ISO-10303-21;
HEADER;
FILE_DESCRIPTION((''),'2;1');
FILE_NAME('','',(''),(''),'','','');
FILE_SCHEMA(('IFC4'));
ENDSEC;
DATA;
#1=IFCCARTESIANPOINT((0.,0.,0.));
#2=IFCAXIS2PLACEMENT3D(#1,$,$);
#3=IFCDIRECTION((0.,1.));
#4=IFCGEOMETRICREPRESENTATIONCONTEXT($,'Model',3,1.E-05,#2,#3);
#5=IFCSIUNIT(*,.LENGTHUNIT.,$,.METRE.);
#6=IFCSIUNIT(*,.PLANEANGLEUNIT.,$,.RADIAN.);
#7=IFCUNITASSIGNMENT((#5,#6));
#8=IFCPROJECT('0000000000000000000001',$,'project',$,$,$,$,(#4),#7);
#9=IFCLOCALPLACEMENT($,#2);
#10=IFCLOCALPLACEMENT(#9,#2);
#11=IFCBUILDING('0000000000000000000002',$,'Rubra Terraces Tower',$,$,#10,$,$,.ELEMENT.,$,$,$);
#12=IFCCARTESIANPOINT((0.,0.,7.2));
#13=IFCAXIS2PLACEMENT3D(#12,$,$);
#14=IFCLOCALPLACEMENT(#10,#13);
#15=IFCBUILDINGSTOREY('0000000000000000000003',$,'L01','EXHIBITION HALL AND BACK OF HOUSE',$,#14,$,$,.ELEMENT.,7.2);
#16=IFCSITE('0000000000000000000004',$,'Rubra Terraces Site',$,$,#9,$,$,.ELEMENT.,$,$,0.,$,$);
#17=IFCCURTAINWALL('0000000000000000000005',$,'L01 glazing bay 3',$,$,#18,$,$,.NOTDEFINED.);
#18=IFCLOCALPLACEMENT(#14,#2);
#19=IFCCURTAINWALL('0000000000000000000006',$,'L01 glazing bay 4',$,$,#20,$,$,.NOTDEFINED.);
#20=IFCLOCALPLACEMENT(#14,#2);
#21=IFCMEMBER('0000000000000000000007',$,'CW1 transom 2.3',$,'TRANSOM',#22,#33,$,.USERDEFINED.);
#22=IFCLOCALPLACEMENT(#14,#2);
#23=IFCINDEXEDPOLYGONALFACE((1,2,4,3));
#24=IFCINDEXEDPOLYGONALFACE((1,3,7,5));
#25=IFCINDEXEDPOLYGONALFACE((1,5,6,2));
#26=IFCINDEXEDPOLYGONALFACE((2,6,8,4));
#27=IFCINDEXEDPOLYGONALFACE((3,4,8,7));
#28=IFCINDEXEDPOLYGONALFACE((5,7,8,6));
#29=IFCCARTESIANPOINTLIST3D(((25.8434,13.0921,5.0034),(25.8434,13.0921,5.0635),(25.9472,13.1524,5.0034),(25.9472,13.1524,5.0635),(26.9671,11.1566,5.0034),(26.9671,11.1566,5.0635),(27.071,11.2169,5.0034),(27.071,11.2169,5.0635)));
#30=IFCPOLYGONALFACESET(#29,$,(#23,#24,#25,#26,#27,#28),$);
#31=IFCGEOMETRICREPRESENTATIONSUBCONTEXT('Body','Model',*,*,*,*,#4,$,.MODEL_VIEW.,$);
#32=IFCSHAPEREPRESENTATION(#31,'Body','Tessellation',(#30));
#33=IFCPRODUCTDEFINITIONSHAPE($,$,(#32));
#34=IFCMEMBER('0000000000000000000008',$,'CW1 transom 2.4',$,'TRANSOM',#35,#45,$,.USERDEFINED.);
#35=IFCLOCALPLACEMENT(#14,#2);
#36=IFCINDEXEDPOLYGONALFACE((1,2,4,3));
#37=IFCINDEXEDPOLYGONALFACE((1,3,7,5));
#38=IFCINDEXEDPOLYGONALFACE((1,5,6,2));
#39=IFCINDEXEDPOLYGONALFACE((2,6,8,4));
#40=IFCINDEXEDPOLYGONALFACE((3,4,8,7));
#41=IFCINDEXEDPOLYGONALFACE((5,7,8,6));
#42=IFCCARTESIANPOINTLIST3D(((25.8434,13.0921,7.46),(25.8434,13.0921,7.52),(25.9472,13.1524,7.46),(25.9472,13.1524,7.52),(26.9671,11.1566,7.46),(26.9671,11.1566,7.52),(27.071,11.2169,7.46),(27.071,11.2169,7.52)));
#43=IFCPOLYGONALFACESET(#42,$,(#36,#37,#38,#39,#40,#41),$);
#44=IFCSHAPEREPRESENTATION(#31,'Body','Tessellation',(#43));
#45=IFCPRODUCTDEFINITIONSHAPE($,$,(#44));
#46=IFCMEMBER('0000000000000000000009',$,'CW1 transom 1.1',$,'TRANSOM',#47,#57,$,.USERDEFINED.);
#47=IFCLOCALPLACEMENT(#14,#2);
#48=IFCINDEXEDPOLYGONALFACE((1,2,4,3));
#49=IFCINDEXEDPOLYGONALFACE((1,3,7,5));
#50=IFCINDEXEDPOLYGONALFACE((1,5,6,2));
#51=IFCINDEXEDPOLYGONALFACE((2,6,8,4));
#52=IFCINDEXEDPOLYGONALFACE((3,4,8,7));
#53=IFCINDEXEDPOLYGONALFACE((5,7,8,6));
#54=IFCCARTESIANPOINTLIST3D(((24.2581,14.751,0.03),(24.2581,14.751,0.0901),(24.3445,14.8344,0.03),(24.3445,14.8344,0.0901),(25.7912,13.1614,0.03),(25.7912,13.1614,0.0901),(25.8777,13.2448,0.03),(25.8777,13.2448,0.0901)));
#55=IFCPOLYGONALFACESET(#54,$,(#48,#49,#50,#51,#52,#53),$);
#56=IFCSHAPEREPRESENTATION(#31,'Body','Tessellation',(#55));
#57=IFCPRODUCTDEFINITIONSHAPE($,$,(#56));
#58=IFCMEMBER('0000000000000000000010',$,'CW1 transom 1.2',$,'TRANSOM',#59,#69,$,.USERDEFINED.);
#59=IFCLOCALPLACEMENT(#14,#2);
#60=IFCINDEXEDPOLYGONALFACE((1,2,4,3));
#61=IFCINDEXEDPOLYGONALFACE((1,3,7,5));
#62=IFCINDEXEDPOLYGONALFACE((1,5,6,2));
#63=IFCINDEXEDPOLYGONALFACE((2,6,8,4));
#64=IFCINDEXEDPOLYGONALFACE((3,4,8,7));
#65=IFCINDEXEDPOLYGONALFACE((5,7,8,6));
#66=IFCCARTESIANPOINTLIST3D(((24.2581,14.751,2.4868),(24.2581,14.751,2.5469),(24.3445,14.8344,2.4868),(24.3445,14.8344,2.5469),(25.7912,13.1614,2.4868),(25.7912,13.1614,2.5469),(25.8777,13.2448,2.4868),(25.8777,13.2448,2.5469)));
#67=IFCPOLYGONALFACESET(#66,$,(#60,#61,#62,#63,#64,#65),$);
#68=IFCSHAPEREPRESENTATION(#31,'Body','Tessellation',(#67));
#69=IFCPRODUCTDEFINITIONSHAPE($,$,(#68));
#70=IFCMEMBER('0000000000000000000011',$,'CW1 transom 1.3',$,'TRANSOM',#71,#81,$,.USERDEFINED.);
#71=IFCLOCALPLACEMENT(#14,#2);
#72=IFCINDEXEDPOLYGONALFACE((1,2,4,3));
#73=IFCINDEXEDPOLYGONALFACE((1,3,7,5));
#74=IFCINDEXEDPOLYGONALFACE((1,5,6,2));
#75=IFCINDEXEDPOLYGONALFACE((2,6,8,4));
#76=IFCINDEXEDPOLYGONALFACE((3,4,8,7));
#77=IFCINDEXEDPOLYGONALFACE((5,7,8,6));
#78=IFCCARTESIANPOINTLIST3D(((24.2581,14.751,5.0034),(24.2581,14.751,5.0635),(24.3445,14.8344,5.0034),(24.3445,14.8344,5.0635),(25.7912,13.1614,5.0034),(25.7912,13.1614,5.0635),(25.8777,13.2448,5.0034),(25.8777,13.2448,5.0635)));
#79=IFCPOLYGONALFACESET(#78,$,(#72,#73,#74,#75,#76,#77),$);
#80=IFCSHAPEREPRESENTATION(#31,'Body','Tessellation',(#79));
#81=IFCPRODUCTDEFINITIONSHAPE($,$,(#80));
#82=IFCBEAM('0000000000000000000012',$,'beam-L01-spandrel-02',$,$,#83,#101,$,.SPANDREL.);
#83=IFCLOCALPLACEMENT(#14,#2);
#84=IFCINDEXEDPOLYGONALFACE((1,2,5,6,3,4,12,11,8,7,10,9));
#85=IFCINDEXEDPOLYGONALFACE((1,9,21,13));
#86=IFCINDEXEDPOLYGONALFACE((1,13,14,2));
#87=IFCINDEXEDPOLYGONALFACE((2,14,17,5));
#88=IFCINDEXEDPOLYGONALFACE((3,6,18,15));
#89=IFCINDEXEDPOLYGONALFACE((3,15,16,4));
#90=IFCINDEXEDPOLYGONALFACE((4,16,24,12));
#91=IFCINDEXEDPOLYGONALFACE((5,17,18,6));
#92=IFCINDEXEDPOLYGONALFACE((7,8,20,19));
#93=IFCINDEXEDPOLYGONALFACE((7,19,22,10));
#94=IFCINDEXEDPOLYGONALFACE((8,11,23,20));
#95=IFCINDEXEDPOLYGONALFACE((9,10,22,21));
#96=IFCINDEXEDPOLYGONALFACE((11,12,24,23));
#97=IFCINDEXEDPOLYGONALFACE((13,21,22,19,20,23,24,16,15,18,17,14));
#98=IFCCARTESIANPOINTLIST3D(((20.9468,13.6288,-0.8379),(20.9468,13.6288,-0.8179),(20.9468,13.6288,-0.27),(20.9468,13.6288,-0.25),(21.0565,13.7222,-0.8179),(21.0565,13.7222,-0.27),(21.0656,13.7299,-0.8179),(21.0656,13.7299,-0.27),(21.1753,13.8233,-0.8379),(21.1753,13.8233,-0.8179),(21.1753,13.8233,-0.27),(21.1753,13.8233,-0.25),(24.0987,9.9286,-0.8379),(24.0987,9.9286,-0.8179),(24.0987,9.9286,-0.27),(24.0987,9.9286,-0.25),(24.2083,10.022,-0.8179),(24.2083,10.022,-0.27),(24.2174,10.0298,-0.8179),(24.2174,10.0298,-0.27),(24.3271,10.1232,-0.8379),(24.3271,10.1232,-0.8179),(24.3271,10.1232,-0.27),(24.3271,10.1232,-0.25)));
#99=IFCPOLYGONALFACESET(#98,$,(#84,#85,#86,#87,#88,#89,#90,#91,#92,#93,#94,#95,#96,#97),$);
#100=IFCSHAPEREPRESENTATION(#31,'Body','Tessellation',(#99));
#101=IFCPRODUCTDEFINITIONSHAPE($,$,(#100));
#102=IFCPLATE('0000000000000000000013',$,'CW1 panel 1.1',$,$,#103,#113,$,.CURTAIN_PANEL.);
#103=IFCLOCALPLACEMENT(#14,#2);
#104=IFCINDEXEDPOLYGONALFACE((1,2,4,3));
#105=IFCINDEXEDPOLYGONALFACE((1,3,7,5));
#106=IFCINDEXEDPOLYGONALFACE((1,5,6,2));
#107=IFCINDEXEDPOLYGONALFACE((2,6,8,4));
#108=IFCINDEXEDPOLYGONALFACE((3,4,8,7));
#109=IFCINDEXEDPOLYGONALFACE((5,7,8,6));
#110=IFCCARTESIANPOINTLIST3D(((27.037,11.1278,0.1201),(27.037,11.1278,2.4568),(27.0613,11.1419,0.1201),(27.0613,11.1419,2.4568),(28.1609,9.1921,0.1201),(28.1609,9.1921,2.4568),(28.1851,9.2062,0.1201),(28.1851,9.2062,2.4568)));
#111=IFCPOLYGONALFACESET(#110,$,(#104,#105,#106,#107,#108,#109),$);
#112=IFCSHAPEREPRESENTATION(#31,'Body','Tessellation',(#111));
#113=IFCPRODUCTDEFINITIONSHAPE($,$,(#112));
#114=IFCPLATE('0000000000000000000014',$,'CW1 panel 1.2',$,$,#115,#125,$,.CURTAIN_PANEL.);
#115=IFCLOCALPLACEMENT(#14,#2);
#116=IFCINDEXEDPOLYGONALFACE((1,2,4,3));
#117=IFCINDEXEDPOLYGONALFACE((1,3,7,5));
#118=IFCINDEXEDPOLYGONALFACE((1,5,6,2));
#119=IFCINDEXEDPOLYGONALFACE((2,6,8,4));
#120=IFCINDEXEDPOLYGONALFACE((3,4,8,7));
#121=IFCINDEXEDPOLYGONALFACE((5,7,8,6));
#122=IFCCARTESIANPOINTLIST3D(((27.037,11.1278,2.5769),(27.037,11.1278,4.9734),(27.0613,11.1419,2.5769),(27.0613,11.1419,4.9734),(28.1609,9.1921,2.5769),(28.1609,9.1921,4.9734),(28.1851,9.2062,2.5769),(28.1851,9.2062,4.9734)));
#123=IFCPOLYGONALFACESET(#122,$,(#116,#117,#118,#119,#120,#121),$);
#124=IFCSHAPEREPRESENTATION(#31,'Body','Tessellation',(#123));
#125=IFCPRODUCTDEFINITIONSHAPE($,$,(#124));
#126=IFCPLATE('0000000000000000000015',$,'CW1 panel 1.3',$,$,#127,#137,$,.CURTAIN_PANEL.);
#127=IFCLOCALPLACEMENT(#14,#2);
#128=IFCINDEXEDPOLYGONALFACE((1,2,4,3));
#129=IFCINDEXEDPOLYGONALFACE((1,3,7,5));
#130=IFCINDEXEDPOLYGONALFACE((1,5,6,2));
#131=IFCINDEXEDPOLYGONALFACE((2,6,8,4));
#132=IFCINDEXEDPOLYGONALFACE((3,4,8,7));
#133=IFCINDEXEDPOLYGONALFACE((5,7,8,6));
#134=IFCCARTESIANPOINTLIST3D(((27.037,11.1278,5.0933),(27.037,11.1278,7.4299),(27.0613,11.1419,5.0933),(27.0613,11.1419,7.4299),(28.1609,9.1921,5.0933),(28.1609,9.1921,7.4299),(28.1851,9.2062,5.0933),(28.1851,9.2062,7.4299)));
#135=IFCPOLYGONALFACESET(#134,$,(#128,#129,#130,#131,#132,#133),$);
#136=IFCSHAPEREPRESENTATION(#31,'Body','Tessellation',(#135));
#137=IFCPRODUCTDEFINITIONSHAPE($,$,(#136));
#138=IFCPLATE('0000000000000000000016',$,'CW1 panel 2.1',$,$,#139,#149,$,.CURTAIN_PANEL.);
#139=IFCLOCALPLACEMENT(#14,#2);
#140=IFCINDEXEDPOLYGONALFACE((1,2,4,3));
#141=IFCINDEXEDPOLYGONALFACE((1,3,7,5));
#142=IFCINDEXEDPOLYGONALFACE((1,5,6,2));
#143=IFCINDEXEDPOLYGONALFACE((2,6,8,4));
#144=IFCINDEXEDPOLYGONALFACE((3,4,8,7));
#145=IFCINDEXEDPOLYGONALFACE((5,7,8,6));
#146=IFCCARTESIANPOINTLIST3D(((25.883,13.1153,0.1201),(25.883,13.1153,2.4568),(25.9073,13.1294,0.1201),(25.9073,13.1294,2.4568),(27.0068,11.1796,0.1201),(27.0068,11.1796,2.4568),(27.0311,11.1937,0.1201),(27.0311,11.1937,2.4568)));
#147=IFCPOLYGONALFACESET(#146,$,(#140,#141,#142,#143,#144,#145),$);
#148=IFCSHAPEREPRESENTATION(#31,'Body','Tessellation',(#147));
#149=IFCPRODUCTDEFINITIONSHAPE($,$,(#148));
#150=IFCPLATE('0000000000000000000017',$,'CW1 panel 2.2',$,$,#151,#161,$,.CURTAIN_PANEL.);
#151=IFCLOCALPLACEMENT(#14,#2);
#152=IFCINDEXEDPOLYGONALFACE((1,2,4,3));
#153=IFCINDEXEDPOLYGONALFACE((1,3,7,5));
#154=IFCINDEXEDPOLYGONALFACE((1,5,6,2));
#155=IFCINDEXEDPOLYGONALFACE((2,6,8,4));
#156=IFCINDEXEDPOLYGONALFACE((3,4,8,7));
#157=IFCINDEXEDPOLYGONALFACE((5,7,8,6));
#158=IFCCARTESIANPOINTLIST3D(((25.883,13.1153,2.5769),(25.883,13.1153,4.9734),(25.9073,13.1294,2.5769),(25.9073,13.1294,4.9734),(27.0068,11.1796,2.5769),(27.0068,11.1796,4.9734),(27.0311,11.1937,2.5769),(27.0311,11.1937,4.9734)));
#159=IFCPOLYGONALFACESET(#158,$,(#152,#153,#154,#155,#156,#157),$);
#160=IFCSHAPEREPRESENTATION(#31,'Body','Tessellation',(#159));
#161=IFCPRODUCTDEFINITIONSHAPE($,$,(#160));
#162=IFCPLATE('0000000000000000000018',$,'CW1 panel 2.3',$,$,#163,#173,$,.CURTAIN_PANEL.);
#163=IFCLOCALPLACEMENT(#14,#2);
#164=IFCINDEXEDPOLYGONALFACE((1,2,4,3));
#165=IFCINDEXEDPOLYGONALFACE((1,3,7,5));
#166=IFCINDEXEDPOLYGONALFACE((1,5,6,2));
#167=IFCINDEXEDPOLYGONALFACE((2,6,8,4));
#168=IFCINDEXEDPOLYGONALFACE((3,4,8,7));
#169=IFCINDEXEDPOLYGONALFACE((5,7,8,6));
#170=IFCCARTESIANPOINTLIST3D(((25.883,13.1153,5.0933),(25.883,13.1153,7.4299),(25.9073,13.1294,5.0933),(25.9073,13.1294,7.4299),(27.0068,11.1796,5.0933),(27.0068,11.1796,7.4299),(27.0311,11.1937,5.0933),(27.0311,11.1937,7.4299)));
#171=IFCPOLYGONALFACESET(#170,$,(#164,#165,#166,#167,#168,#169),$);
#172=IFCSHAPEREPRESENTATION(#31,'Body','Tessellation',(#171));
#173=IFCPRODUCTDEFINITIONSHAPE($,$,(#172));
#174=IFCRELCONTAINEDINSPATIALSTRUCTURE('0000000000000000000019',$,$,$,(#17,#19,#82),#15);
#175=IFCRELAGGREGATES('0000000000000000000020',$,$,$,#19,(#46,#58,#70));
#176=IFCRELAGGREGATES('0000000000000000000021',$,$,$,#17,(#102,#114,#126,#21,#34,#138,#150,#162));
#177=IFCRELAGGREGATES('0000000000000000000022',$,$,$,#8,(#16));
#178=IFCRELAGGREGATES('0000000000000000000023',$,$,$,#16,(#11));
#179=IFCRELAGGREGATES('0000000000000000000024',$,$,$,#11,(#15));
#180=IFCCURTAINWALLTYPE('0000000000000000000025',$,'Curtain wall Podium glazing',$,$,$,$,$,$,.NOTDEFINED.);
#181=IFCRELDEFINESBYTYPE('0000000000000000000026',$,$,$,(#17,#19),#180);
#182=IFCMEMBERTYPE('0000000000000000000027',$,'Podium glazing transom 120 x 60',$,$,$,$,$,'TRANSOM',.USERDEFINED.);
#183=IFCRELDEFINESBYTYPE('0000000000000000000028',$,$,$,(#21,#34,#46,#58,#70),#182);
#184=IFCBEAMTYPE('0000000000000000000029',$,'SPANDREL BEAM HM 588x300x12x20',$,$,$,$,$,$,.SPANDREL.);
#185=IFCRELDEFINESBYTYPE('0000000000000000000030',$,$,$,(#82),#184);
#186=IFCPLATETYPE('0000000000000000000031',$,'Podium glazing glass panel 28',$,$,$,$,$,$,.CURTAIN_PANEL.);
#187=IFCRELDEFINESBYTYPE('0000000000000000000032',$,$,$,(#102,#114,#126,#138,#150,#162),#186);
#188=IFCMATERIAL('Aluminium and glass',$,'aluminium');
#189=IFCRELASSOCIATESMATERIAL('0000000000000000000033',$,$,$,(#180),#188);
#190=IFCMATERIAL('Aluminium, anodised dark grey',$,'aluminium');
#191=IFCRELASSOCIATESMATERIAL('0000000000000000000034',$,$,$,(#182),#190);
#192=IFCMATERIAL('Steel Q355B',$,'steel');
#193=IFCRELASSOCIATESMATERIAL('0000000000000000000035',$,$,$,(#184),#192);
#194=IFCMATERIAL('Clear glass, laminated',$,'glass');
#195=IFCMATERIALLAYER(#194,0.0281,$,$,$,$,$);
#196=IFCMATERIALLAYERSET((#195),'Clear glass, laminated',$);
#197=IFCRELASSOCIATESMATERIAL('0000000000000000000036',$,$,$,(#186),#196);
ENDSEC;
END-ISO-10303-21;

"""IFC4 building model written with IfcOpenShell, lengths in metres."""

from ifc_helpers import new_model, si_unit, direction, frame, origin, origin_2d, place, context, subcontext, project, spatial, rectangle, i_section, extrude, material, layer, layer_set, material_profile, profile_set, type_object, element, aggregate, save


model = new_model("IFC4")

# Units and contexts
model_context = context("Model", 3, precision=1e-05, world=origin(), true_north=direction((0.0, 1.0)))
body_context = subcontext(model_context, "Body", "Model", "MODEL_VIEW")
ifc_project = project(units=[si_unit("LENGTHUNIT", "METRE"), si_unit("PLANEANGLEUNIT", "RADIAN")], contexts=[model_context])

# Site, building, storey
site_placement = place(None, origin())
site = spatial("IfcSite", under=ifc_project, at=site_placement, Name="Rubra Terraces Site", CompositionType="ELEMENT", RefElevation=0.0)
building_placement = place(site_placement, origin())
building = spatial("IfcBuilding", under=site, at=building_placement, Name="Rubra Terraces Tower", CompositionType="ELEMENT")
storey_placement = place(building_placement, frame((0.0, 0.0, 7.2)))
storey = spatial("IfcBuildingStorey", under=building, at=storey_placement, Name="L01", Description="EXHIBITION HALL AND BACK OF HOUSE", CompositionType="ELEMENT", Elevation=7.2)

# Shared definitions
ifc_material_1 = material(Name="Steel Q355B", Category="steel")

# Curtain wall
ifc_material_2 = material(Name="Aluminium and glass", Category="aluminium")
curtain_wall_type = type_object("IfcCurtainWallType", Name="Curtain wall Podium glazing", PredefinedType="NOTDEFINED", material=ifc_material_2)
curtain_wall_1_placement = place(storey_placement, origin())
curtain_wall_1 = element("IfcCurtainWall", 1, at=curtain_wall_1_placement, inside=storey, type_object=curtain_wall_type, Name="L01 glazing bay 3", PredefinedType="NOTDEFINED")
ifc_material_3 = material(Name="Aluminium, anodised dark grey", Category="aluminium")

# Curtain wall
curtain_wall_2_placement = place(storey_placement, origin())
curtain_wall_2 = element("IfcCurtainWall", 2, at=curtain_wall_2_placement, inside=storey, type_object=curtain_wall_type, Name="L01 glazing bay 4", PredefinedType="NOTDEFINED")

# Members
ifc_material_profile_1 = material_profile(ifc_material_3, rectangle(XDim=0.1201, YDim=0.0601, at=origin_2d()), Name="AL 120x60")
ifc_profile_set_1 = profile_set([ifc_material_profile_1], Name="Aluminium, anodised dark grey")
member_type_1 = type_object("IfcMemberType", Name="Podium glazing transom 120 x 60", ElementType="TRANSOM", PredefinedType="USERDEFINED", material=ifc_profile_set_1)
member_1_placement = place(storey_placement, frame((27.019, 11.1868, 5.0334), z_axis=(-0.502107, 0.864806, 0.0), x_axis=(-0.864806, -0.502107, 0.0)))
member_1 = element("IfcMember", 3, at=member_1_placement, type_object=member_type_1, Name="CW1 transom 2.3", ObjectType="TRANSOM", PredefinedType="USERDEFINED", context=body_context, shape_type="SweptSolid", body=[
    extrude(rectangle(XDim=0.1201, YDim=0.0601, at=origin_2d()), origin(), (0.0, 0.0, 1.0), 2.238),
])
member_2_placement = place(storey_placement, frame((27.019, 11.1868, 7.49), z_axis=(-0.502107, 0.864806, 0.0), x_axis=(-0.864806, -0.502107, 0.0)))
member_2 = element("IfcMember", 4, at=member_2_placement, type_object=member_type_1, Name="CW1 transom 2.4", ObjectType="TRANSOM", PredefinedType="USERDEFINED", context=body_context, shape_type="SweptSolid", body=[
    extrude(rectangle(XDim=0.1201, YDim=0.0601, at=origin_2d()), origin(), (0.0, 0.0, 1.0), 2.238),
])
member_3_placement = place(storey_placement, frame((25.8345, 13.2031, 0.0601), z_axis=(-0.694224, 0.719759, 0.0), x_axis=(-0.719759, -0.694224, 0.0)))
member_3 = element("IfcMember", 5, at=member_3_placement, type_object=member_type_1, Name="CW1 transom 1.1", ObjectType="TRANSOM", PredefinedType="USERDEFINED", context=body_context, shape_type="SweptSolid", body=[
    extrude(rectangle(XDim=0.1201, YDim=0.0601, at=origin_2d()), origin(), (0.0, 0.0, 1.0), 2.2085),
])
member_4_placement = place(storey_placement, frame((25.8345, 13.2031, 2.5168), z_axis=(-0.694224, 0.719759, 0.0), x_axis=(-0.719759, -0.694224, 0.0)))
member_4 = element("IfcMember", 6, at=member_4_placement, type_object=member_type_1, Name="CW1 transom 1.2", ObjectType="TRANSOM", PredefinedType="USERDEFINED", context=body_context, shape_type="SweptSolid", body=[
    extrude(rectangle(XDim=0.1201, YDim=0.0601, at=origin_2d()), origin(), (0.0, 0.0, 1.0), 2.2085),
])
member_5_placement = place(storey_placement, frame((25.8345, 13.2031, 5.0334), z_axis=(-0.694224, 0.719759, 0.0), x_axis=(-0.719759, -0.694224, 0.0)))
member_5 = element("IfcMember", 7, at=member_5_placement, type_object=member_type_1, Name="CW1 transom 1.3", ObjectType="TRANSOM", PredefinedType="USERDEFINED", context=body_context, shape_type="SweptSolid", body=[
    extrude(rectangle(XDim=0.1201, YDim=0.0601, at=origin_2d()), origin(), (0.0, 0.0, 1.0), 2.2085),
])
aggregate(curtain_wall_2, [member_3, member_4, member_5])

# Beam
ifc_material_profile_2 = material_profile(ifc_material_1, i_section(OverallWidth=0.3, OverallDepth=0.5879, WebThickness=0.012, FlangeThickness=0.02, at=origin_2d()), Name="HM 588x300x12x20")
ifc_profile_set_2 = profile_set([ifc_material_profile_2], Name="Steel Q355B")
beam_type_1 = type_object("IfcBeamType", Name="SPANDREL BEAM HM 588x300x12x20", PredefinedType="SPANDREL", material=ifc_profile_set_2)
beam_1_placement = place(storey_placement, frame((24.2129, 10.0259, -0.5439), z_axis=(-0.648447, 0.76126, 0.0), x_axis=(-0.76126, -0.648447, 0.0)))
element("IfcBeam", 8, at=beam_1_placement, inside=storey, type_object=beam_type_1, Name="beam-L01-spandrel-02", PredefinedType="SPANDREL", context=body_context, shape_type="SweptSolid", body=[
    extrude(i_section(OverallWidth=0.3, OverallDepth=0.5879, WebThickness=0.012, FlangeThickness=0.02, at=origin_2d()), origin(), (0.0, 0.0, 1.0), 4.8606),
])

# Plates
ifc_material_4 = material(Name="Clear glass, laminated", Category="glass")
ifc_layer = layer(ifc_material_4, 0.0281)
ifc_layer_set = layer_set([ifc_layer], Name="Clear glass, laminated")
plate_type = type_object("IfcPlateType", Name="Podium glazing glass panel 28", PredefinedType="CURTAIN_PANEL", material=ifc_layer_set)
plate_1_placement = place(storey_placement, frame((27.6111, 10.167, 0.1201), z_axis=(0.0, 0.0, 1.0), x_axis=(-0.502094, 0.864813, 0.0)))
plate_1 = element("IfcPlate", 9, at=plate_1_placement, type_object=plate_type, Name="CW1 panel 1.1", PredefinedType="CURTAIN_PANEL", context=body_context, shape_type="SweptSolid", body=[
    extrude(rectangle(XDim=2.2383, YDim=0.0281, at=origin_2d()), origin(), (0.0, 0.0, 1.0), 2.3367),
])
plate_2_placement = place(storey_placement, frame((27.6111, 10.167, 2.5769), z_axis=(0.0, 0.0, 1.0), x_axis=(-0.502094, 0.864813, 0.0)))
plate_2 = element("IfcPlate", 10, at=plate_2_placement, type_object=plate_type, Name="CW1 panel 1.2", PredefinedType="CURTAIN_PANEL", context=body_context, shape_type="SweptSolid", body=[
    extrude(rectangle(XDim=2.2383, YDim=0.0281, at=origin_2d()), origin(), (0.0, 0.0, 1.0), 2.3965),
])
plate_3_placement = place(storey_placement, frame((27.6111, 10.167, 5.0933), z_axis=(0.0, 0.0, 1.0), x_axis=(-0.502094, 0.864813, 0.0)))
plate_3 = element("IfcPlate", 11, at=plate_3_placement, type_object=plate_type, Name="CW1 panel 1.3", PredefinedType="CURTAIN_PANEL", context=body_context, shape_type="SweptSolid", body=[
    extrude(rectangle(XDim=2.2383, YDim=0.0281, at=origin_2d()), origin(), (0.0, 0.0, 1.0), 2.3367),
])
plate_4_placement = place(storey_placement, frame((26.457, 12.1545, 0.1201), z_axis=(0.0, 0.0, 1.0), x_axis=(-0.502094, 0.864813, 0.0)))
plate_4 = element("IfcPlate", 12, at=plate_4_placement, type_object=plate_type, Name="CW1 panel 2.1", PredefinedType="CURTAIN_PANEL", context=body_context, shape_type="SweptSolid", body=[
    extrude(rectangle(XDim=2.2383, YDim=0.0281, at=origin_2d()), origin(), (0.0, 0.0, 1.0), 2.3367),
])
plate_5_placement = place(storey_placement, frame((26.457, 12.1545, 2.5769), z_axis=(0.0, 0.0, 1.0), x_axis=(-0.502094, 0.864813, 0.0)))
plate_5 = element("IfcPlate", 13, at=plate_5_placement, type_object=plate_type, Name="CW1 panel 2.2", PredefinedType="CURTAIN_PANEL", context=body_context, shape_type="SweptSolid", body=[
    extrude(rectangle(XDim=2.2383, YDim=0.0281, at=origin_2d()), origin(), (0.0, 0.0, 1.0), 2.3965),
])
plate_6_placement = place(storey_placement, frame((26.457, 12.1545, 5.0933), z_axis=(0.0, 0.0, 1.0), x_axis=(-0.502094, 0.864813, 0.0)))
plate_6 = element("IfcPlate", 14, at=plate_6_placement, type_object=plate_type, Name="CW1 panel 2.3", PredefinedType="CURTAIN_PANEL", context=body_context, shape_type="SweptSolid", body=[
    extrude(rectangle(XDim=2.2383, YDim=0.0281, at=origin_2d()), origin(), (0.0, 0.0, 1.0), 2.3367),
])
aggregate(curtain_wall_1, [plate_1, plate_2, plate_3, member_1, member_2, plate_4, plate_5, plate_6])

save(model, "model.ifc")
